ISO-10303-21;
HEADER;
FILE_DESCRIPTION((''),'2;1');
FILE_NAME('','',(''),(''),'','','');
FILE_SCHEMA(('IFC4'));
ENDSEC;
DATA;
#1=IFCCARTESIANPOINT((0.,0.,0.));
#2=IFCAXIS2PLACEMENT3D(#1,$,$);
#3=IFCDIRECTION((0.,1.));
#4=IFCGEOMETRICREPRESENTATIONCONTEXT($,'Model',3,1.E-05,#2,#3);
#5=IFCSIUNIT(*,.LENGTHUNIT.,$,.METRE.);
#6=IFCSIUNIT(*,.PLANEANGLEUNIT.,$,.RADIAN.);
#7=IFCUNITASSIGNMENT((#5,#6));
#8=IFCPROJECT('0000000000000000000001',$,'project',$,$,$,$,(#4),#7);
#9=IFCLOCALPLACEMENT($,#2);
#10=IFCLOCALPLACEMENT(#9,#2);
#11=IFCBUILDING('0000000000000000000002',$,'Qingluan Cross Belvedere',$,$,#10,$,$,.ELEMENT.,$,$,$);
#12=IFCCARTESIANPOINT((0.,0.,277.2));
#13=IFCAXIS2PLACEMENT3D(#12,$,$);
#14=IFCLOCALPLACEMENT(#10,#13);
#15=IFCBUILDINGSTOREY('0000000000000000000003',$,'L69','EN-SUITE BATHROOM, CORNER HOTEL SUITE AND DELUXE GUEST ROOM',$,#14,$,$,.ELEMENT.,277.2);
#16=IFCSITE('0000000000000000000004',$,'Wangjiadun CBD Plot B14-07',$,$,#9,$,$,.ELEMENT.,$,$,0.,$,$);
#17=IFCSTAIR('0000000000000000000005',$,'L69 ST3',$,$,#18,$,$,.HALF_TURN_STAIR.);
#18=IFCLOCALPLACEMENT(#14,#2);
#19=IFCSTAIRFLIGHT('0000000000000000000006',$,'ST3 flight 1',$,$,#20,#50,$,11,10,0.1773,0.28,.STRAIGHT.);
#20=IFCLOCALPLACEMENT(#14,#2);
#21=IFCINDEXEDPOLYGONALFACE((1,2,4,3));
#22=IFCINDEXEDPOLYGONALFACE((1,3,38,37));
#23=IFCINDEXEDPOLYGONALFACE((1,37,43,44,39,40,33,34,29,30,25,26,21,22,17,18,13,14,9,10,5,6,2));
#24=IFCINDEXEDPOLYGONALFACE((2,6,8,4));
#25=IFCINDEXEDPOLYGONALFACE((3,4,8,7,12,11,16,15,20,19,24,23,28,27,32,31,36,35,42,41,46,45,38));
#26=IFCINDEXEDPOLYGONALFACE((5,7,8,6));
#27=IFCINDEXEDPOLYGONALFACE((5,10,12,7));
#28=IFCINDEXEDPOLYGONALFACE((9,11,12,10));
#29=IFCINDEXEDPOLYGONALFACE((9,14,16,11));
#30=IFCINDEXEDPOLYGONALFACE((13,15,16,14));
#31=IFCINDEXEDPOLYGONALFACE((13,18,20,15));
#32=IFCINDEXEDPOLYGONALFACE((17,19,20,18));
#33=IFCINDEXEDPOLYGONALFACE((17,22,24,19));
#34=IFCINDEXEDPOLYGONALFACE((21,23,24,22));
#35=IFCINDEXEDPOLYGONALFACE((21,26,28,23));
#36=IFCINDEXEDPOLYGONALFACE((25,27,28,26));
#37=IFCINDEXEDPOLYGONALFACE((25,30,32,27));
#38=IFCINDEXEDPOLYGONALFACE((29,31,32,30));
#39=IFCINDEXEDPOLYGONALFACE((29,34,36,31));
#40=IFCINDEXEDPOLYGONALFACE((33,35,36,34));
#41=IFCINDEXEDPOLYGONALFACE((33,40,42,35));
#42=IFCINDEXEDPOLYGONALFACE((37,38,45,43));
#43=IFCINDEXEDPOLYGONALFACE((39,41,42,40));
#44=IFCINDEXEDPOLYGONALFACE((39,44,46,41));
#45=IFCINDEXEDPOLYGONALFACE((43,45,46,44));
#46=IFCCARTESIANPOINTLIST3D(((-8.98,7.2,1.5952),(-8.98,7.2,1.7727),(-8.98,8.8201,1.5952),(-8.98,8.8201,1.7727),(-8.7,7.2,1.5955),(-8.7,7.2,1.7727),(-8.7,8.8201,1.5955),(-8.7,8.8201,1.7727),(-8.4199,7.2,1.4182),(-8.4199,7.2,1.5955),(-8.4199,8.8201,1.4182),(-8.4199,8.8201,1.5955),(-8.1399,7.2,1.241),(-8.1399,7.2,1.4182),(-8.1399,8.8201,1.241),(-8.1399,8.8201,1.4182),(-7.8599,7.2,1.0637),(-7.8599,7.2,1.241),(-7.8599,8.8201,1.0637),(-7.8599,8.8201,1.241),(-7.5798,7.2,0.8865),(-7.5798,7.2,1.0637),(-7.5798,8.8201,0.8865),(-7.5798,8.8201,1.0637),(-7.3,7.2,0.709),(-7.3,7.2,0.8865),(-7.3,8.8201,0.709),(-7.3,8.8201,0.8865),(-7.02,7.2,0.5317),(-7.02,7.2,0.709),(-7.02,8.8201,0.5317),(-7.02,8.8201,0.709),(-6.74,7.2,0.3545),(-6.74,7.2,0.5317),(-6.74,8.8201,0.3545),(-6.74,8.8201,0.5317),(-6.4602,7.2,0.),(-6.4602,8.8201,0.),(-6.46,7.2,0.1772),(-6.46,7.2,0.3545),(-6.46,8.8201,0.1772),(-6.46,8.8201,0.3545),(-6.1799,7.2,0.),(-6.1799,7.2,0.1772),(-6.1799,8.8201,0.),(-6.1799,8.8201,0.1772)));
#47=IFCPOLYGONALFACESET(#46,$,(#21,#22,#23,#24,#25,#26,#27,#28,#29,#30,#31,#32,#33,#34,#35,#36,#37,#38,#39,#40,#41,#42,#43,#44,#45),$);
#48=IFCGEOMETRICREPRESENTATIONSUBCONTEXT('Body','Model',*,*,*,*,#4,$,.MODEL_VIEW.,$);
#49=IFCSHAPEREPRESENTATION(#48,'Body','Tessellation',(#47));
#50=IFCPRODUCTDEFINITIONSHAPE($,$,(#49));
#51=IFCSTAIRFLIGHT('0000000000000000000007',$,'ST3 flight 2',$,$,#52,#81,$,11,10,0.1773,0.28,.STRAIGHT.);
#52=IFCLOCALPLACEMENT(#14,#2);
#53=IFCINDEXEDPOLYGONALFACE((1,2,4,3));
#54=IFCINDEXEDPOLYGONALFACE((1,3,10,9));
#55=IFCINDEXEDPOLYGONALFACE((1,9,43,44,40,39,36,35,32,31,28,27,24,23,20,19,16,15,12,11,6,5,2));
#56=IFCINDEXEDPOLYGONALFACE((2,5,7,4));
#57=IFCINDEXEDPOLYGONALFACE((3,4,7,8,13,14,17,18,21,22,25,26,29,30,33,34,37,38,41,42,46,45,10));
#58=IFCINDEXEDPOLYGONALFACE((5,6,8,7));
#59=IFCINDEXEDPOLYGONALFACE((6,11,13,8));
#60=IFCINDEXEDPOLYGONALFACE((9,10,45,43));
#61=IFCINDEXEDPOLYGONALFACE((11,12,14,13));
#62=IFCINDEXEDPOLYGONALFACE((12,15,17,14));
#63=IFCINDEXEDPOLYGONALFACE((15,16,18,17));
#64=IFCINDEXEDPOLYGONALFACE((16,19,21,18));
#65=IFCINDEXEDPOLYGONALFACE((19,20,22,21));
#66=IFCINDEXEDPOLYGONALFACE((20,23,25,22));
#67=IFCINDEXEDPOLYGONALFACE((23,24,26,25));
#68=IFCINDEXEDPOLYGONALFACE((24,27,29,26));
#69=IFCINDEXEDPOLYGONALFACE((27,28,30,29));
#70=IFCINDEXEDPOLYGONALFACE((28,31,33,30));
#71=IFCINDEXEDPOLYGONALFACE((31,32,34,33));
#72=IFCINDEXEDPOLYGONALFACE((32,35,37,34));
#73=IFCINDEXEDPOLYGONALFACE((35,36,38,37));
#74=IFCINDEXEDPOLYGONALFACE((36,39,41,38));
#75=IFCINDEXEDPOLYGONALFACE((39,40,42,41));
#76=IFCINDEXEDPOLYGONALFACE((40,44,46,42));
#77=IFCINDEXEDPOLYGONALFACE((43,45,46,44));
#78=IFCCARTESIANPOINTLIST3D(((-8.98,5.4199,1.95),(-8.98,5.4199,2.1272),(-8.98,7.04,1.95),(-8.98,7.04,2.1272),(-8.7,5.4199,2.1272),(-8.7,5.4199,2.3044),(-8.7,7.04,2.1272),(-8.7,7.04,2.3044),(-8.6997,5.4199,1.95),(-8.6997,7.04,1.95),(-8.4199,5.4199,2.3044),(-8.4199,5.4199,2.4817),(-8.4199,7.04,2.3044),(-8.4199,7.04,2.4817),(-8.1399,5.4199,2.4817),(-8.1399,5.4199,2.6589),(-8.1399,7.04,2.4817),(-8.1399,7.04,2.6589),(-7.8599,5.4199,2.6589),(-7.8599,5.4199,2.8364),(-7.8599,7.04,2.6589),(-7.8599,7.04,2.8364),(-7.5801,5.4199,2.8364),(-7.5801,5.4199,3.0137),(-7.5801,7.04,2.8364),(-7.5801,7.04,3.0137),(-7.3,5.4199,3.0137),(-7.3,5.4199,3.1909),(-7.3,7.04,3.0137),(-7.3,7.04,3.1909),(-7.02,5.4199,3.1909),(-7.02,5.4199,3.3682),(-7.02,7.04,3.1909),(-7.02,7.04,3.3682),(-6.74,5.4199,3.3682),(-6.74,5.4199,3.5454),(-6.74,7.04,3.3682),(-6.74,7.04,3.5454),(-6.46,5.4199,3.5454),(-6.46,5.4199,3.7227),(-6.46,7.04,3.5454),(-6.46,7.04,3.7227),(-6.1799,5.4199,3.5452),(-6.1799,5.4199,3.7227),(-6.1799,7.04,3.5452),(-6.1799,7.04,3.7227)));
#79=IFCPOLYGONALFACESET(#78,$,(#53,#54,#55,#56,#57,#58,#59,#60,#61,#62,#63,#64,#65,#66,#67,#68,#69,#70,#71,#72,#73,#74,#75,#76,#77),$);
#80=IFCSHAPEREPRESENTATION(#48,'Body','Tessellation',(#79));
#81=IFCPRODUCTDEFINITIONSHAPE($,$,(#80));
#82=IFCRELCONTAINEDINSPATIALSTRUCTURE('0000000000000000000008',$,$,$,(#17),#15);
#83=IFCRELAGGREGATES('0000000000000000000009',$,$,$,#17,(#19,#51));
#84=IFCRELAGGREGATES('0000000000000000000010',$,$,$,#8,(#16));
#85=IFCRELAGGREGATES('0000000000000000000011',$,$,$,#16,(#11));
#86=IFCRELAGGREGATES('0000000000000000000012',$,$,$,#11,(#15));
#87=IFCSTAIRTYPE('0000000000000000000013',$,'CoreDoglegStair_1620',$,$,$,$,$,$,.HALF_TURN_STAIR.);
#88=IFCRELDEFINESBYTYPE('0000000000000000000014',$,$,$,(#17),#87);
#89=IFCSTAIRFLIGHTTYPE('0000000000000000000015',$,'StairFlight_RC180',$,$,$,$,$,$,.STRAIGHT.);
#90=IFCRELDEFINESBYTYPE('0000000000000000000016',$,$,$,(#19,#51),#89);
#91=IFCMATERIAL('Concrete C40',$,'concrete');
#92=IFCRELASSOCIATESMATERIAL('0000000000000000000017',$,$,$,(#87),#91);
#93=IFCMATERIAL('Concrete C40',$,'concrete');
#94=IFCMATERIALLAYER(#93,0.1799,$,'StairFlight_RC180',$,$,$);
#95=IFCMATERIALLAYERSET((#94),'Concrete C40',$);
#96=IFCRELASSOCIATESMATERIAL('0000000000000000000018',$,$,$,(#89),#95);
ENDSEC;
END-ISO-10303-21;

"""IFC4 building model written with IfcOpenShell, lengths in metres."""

from ifc_helpers import new_model, si_unit, direction, frame, origin, place, context, subcontext, project, spatial, polyline, outline, extrude, material, layer, layer_set, type_object, element, aggregate, save


model = new_model("IFC4")

# Units and contexts
model_context = context("Model", 3, precision=1e-05, world=origin(), true_north=direction((0.0, 1.0)))
body_context = subcontext(model_context, "Body", "Model", "MODEL_VIEW")
ifc_project = project(units=[si_unit("LENGTHUNIT", "METRE"), si_unit("PLANEANGLEUNIT", "RADIAN")], contexts=[model_context])

# Site, building, storey
site_placement = place(None, origin())
site = spatial("IfcSite", under=ifc_project, at=site_placement, Name="Wangjiadun CBD Plot B14-07", CompositionType="ELEMENT", RefElevation=0.0)
building_placement = place(site_placement, origin())
building = spatial("IfcBuilding", under=site, at=building_placement, Name="Qingluan Cross Belvedere", CompositionType="ELEMENT")
storey_placement = place(building_placement, frame((0.0, 0.0, 277.2)))
storey = spatial("IfcBuildingStorey", under=building, at=storey_placement, Name="L69", Description="EN-SUITE BATHROOM, CORNER HOTEL SUITE AND DELUXE GUEST ROOM", CompositionType="ELEMENT", Elevation=277.2)

# Stair, stair flights
ifc_material_1 = material(Name="Concrete C40", Category="concrete")
stair_type = type_object("IfcStairType", Name="CoreDoglegStair_1620", PredefinedType="HALF_TURN_STAIR", material=ifc_material_1)
stair_placement = place(storey_placement, origin())
stair = element("IfcStair", 1, at=stair_placement, inside=storey, type_object=stair_type, Name="L69 ST3", PredefinedType="HALF_TURN_STAIR")
ifc_material_2 = material(Name="Concrete C40", Category="concrete")
ifc_layer_1 = layer(ifc_material_2, 0.1799, Name="StairFlight_RC180")
ifc_layer_set_1 = layer_set([ifc_layer_1], Name="Concrete C40")
stair_flight_type = type_object("IfcStairFlightType", Name="StairFlight_RC180", PredefinedType="STRAIGHT", material=ifc_layer_set_1)
stair_flight_1_placement = place(storey_placement, frame((-6.1799, 8.01, 0.0), z_axis=(0.0, 0.0, 1.0), x_axis=(-1.0, 0.0, 0.0)))
stair_flight_1 = element("IfcStairFlight", 2, at=stair_flight_1_placement, type_object=stair_flight_type, Name="ST3 flight 1", NumberOfRisers=11, NumberOfTreads=10, PredefinedType="STRAIGHT", RiserHeight=0.1773, TreadLength=0.28, context=body_context, shape_type="SweptSolid", body=[
    extrude(outline(polyline([(0.0, 0.0), (0.0, 0.1772), (0.28, 0.1772), (0.28, 0.3545), (0.5601, 0.3545), (0.5601, 0.5317), (0.8401, 0.5317), (0.8401, 0.709), (1.1201, 0.709), (1.1201, 0.8865), (1.3999, 0.8865), (1.3999, 1.0637), (1.6799, 1.0637), (1.6799, 1.241), (1.96, 1.241), (1.96, 1.4182), (2.24, 1.4182), (2.24, 1.5955), (2.52, 1.5955), (2.52, 1.7727), (2.8, 1.7727), (2.8, 1.95), (2.8, 1.5952), (0.2803, 0.0), (0.0, 0.0)])), frame((0.0, 0.8101, 0.0), z_axis=(0.0, -1.0, 0.0), x_axis=(1.0, 0.0, 0.0)), (0.0, 0.0, 1.0), 1.6201),
])
stair_flight_2_placement = place(storey_placement, frame((-8.98, 6.23, 1.95), z_axis=(0.0, 0.0, 1.0), x_axis=(1.0, 0.0, 0.0)))
stair_flight_2 = element("IfcStairFlight", 3, at=stair_flight_2_placement, type_object=stair_flight_type, Name="ST3 flight 2", NumberOfRisers=11, NumberOfTreads=10, PredefinedType="STRAIGHT", RiserHeight=0.1773, TreadLength=0.28, context=body_context, shape_type="SweptSolid", body=[
    extrude(outline(polyline([(0.0, 0.0), (0.0, 0.1772), (0.28, 0.1772), (0.28, 0.3545), (0.5601, 0.3545), (0.5601, 0.5317), (0.8401, 0.5317), (0.8401, 0.709), (1.1201, 0.709), (1.1201, 0.8865), (1.3999, 0.8865), (1.3999, 1.0637), (1.6799, 1.0637), (1.6799, 1.241), (1.96, 1.241), (1.96, 1.4182), (2.24, 1.4182), (2.24, 1.5955), (2.52, 1.5955), (2.52, 1.7727), (2.8, 1.7727), (2.8, 1.95), (2.8, 1.5952), (0.2803, 0.0), (0.0, 0.0)])), frame((0.0, 0.8101, 0.0), z_axis=(0.0, -1.0, 0.0), x_axis=(1.0, 0.0, 0.0)), (0.0, 0.0, 1.0), 1.6201),
])
aggregate(stair, [stair_flight_1, stair_flight_2])

save(model, "model.ifc")
